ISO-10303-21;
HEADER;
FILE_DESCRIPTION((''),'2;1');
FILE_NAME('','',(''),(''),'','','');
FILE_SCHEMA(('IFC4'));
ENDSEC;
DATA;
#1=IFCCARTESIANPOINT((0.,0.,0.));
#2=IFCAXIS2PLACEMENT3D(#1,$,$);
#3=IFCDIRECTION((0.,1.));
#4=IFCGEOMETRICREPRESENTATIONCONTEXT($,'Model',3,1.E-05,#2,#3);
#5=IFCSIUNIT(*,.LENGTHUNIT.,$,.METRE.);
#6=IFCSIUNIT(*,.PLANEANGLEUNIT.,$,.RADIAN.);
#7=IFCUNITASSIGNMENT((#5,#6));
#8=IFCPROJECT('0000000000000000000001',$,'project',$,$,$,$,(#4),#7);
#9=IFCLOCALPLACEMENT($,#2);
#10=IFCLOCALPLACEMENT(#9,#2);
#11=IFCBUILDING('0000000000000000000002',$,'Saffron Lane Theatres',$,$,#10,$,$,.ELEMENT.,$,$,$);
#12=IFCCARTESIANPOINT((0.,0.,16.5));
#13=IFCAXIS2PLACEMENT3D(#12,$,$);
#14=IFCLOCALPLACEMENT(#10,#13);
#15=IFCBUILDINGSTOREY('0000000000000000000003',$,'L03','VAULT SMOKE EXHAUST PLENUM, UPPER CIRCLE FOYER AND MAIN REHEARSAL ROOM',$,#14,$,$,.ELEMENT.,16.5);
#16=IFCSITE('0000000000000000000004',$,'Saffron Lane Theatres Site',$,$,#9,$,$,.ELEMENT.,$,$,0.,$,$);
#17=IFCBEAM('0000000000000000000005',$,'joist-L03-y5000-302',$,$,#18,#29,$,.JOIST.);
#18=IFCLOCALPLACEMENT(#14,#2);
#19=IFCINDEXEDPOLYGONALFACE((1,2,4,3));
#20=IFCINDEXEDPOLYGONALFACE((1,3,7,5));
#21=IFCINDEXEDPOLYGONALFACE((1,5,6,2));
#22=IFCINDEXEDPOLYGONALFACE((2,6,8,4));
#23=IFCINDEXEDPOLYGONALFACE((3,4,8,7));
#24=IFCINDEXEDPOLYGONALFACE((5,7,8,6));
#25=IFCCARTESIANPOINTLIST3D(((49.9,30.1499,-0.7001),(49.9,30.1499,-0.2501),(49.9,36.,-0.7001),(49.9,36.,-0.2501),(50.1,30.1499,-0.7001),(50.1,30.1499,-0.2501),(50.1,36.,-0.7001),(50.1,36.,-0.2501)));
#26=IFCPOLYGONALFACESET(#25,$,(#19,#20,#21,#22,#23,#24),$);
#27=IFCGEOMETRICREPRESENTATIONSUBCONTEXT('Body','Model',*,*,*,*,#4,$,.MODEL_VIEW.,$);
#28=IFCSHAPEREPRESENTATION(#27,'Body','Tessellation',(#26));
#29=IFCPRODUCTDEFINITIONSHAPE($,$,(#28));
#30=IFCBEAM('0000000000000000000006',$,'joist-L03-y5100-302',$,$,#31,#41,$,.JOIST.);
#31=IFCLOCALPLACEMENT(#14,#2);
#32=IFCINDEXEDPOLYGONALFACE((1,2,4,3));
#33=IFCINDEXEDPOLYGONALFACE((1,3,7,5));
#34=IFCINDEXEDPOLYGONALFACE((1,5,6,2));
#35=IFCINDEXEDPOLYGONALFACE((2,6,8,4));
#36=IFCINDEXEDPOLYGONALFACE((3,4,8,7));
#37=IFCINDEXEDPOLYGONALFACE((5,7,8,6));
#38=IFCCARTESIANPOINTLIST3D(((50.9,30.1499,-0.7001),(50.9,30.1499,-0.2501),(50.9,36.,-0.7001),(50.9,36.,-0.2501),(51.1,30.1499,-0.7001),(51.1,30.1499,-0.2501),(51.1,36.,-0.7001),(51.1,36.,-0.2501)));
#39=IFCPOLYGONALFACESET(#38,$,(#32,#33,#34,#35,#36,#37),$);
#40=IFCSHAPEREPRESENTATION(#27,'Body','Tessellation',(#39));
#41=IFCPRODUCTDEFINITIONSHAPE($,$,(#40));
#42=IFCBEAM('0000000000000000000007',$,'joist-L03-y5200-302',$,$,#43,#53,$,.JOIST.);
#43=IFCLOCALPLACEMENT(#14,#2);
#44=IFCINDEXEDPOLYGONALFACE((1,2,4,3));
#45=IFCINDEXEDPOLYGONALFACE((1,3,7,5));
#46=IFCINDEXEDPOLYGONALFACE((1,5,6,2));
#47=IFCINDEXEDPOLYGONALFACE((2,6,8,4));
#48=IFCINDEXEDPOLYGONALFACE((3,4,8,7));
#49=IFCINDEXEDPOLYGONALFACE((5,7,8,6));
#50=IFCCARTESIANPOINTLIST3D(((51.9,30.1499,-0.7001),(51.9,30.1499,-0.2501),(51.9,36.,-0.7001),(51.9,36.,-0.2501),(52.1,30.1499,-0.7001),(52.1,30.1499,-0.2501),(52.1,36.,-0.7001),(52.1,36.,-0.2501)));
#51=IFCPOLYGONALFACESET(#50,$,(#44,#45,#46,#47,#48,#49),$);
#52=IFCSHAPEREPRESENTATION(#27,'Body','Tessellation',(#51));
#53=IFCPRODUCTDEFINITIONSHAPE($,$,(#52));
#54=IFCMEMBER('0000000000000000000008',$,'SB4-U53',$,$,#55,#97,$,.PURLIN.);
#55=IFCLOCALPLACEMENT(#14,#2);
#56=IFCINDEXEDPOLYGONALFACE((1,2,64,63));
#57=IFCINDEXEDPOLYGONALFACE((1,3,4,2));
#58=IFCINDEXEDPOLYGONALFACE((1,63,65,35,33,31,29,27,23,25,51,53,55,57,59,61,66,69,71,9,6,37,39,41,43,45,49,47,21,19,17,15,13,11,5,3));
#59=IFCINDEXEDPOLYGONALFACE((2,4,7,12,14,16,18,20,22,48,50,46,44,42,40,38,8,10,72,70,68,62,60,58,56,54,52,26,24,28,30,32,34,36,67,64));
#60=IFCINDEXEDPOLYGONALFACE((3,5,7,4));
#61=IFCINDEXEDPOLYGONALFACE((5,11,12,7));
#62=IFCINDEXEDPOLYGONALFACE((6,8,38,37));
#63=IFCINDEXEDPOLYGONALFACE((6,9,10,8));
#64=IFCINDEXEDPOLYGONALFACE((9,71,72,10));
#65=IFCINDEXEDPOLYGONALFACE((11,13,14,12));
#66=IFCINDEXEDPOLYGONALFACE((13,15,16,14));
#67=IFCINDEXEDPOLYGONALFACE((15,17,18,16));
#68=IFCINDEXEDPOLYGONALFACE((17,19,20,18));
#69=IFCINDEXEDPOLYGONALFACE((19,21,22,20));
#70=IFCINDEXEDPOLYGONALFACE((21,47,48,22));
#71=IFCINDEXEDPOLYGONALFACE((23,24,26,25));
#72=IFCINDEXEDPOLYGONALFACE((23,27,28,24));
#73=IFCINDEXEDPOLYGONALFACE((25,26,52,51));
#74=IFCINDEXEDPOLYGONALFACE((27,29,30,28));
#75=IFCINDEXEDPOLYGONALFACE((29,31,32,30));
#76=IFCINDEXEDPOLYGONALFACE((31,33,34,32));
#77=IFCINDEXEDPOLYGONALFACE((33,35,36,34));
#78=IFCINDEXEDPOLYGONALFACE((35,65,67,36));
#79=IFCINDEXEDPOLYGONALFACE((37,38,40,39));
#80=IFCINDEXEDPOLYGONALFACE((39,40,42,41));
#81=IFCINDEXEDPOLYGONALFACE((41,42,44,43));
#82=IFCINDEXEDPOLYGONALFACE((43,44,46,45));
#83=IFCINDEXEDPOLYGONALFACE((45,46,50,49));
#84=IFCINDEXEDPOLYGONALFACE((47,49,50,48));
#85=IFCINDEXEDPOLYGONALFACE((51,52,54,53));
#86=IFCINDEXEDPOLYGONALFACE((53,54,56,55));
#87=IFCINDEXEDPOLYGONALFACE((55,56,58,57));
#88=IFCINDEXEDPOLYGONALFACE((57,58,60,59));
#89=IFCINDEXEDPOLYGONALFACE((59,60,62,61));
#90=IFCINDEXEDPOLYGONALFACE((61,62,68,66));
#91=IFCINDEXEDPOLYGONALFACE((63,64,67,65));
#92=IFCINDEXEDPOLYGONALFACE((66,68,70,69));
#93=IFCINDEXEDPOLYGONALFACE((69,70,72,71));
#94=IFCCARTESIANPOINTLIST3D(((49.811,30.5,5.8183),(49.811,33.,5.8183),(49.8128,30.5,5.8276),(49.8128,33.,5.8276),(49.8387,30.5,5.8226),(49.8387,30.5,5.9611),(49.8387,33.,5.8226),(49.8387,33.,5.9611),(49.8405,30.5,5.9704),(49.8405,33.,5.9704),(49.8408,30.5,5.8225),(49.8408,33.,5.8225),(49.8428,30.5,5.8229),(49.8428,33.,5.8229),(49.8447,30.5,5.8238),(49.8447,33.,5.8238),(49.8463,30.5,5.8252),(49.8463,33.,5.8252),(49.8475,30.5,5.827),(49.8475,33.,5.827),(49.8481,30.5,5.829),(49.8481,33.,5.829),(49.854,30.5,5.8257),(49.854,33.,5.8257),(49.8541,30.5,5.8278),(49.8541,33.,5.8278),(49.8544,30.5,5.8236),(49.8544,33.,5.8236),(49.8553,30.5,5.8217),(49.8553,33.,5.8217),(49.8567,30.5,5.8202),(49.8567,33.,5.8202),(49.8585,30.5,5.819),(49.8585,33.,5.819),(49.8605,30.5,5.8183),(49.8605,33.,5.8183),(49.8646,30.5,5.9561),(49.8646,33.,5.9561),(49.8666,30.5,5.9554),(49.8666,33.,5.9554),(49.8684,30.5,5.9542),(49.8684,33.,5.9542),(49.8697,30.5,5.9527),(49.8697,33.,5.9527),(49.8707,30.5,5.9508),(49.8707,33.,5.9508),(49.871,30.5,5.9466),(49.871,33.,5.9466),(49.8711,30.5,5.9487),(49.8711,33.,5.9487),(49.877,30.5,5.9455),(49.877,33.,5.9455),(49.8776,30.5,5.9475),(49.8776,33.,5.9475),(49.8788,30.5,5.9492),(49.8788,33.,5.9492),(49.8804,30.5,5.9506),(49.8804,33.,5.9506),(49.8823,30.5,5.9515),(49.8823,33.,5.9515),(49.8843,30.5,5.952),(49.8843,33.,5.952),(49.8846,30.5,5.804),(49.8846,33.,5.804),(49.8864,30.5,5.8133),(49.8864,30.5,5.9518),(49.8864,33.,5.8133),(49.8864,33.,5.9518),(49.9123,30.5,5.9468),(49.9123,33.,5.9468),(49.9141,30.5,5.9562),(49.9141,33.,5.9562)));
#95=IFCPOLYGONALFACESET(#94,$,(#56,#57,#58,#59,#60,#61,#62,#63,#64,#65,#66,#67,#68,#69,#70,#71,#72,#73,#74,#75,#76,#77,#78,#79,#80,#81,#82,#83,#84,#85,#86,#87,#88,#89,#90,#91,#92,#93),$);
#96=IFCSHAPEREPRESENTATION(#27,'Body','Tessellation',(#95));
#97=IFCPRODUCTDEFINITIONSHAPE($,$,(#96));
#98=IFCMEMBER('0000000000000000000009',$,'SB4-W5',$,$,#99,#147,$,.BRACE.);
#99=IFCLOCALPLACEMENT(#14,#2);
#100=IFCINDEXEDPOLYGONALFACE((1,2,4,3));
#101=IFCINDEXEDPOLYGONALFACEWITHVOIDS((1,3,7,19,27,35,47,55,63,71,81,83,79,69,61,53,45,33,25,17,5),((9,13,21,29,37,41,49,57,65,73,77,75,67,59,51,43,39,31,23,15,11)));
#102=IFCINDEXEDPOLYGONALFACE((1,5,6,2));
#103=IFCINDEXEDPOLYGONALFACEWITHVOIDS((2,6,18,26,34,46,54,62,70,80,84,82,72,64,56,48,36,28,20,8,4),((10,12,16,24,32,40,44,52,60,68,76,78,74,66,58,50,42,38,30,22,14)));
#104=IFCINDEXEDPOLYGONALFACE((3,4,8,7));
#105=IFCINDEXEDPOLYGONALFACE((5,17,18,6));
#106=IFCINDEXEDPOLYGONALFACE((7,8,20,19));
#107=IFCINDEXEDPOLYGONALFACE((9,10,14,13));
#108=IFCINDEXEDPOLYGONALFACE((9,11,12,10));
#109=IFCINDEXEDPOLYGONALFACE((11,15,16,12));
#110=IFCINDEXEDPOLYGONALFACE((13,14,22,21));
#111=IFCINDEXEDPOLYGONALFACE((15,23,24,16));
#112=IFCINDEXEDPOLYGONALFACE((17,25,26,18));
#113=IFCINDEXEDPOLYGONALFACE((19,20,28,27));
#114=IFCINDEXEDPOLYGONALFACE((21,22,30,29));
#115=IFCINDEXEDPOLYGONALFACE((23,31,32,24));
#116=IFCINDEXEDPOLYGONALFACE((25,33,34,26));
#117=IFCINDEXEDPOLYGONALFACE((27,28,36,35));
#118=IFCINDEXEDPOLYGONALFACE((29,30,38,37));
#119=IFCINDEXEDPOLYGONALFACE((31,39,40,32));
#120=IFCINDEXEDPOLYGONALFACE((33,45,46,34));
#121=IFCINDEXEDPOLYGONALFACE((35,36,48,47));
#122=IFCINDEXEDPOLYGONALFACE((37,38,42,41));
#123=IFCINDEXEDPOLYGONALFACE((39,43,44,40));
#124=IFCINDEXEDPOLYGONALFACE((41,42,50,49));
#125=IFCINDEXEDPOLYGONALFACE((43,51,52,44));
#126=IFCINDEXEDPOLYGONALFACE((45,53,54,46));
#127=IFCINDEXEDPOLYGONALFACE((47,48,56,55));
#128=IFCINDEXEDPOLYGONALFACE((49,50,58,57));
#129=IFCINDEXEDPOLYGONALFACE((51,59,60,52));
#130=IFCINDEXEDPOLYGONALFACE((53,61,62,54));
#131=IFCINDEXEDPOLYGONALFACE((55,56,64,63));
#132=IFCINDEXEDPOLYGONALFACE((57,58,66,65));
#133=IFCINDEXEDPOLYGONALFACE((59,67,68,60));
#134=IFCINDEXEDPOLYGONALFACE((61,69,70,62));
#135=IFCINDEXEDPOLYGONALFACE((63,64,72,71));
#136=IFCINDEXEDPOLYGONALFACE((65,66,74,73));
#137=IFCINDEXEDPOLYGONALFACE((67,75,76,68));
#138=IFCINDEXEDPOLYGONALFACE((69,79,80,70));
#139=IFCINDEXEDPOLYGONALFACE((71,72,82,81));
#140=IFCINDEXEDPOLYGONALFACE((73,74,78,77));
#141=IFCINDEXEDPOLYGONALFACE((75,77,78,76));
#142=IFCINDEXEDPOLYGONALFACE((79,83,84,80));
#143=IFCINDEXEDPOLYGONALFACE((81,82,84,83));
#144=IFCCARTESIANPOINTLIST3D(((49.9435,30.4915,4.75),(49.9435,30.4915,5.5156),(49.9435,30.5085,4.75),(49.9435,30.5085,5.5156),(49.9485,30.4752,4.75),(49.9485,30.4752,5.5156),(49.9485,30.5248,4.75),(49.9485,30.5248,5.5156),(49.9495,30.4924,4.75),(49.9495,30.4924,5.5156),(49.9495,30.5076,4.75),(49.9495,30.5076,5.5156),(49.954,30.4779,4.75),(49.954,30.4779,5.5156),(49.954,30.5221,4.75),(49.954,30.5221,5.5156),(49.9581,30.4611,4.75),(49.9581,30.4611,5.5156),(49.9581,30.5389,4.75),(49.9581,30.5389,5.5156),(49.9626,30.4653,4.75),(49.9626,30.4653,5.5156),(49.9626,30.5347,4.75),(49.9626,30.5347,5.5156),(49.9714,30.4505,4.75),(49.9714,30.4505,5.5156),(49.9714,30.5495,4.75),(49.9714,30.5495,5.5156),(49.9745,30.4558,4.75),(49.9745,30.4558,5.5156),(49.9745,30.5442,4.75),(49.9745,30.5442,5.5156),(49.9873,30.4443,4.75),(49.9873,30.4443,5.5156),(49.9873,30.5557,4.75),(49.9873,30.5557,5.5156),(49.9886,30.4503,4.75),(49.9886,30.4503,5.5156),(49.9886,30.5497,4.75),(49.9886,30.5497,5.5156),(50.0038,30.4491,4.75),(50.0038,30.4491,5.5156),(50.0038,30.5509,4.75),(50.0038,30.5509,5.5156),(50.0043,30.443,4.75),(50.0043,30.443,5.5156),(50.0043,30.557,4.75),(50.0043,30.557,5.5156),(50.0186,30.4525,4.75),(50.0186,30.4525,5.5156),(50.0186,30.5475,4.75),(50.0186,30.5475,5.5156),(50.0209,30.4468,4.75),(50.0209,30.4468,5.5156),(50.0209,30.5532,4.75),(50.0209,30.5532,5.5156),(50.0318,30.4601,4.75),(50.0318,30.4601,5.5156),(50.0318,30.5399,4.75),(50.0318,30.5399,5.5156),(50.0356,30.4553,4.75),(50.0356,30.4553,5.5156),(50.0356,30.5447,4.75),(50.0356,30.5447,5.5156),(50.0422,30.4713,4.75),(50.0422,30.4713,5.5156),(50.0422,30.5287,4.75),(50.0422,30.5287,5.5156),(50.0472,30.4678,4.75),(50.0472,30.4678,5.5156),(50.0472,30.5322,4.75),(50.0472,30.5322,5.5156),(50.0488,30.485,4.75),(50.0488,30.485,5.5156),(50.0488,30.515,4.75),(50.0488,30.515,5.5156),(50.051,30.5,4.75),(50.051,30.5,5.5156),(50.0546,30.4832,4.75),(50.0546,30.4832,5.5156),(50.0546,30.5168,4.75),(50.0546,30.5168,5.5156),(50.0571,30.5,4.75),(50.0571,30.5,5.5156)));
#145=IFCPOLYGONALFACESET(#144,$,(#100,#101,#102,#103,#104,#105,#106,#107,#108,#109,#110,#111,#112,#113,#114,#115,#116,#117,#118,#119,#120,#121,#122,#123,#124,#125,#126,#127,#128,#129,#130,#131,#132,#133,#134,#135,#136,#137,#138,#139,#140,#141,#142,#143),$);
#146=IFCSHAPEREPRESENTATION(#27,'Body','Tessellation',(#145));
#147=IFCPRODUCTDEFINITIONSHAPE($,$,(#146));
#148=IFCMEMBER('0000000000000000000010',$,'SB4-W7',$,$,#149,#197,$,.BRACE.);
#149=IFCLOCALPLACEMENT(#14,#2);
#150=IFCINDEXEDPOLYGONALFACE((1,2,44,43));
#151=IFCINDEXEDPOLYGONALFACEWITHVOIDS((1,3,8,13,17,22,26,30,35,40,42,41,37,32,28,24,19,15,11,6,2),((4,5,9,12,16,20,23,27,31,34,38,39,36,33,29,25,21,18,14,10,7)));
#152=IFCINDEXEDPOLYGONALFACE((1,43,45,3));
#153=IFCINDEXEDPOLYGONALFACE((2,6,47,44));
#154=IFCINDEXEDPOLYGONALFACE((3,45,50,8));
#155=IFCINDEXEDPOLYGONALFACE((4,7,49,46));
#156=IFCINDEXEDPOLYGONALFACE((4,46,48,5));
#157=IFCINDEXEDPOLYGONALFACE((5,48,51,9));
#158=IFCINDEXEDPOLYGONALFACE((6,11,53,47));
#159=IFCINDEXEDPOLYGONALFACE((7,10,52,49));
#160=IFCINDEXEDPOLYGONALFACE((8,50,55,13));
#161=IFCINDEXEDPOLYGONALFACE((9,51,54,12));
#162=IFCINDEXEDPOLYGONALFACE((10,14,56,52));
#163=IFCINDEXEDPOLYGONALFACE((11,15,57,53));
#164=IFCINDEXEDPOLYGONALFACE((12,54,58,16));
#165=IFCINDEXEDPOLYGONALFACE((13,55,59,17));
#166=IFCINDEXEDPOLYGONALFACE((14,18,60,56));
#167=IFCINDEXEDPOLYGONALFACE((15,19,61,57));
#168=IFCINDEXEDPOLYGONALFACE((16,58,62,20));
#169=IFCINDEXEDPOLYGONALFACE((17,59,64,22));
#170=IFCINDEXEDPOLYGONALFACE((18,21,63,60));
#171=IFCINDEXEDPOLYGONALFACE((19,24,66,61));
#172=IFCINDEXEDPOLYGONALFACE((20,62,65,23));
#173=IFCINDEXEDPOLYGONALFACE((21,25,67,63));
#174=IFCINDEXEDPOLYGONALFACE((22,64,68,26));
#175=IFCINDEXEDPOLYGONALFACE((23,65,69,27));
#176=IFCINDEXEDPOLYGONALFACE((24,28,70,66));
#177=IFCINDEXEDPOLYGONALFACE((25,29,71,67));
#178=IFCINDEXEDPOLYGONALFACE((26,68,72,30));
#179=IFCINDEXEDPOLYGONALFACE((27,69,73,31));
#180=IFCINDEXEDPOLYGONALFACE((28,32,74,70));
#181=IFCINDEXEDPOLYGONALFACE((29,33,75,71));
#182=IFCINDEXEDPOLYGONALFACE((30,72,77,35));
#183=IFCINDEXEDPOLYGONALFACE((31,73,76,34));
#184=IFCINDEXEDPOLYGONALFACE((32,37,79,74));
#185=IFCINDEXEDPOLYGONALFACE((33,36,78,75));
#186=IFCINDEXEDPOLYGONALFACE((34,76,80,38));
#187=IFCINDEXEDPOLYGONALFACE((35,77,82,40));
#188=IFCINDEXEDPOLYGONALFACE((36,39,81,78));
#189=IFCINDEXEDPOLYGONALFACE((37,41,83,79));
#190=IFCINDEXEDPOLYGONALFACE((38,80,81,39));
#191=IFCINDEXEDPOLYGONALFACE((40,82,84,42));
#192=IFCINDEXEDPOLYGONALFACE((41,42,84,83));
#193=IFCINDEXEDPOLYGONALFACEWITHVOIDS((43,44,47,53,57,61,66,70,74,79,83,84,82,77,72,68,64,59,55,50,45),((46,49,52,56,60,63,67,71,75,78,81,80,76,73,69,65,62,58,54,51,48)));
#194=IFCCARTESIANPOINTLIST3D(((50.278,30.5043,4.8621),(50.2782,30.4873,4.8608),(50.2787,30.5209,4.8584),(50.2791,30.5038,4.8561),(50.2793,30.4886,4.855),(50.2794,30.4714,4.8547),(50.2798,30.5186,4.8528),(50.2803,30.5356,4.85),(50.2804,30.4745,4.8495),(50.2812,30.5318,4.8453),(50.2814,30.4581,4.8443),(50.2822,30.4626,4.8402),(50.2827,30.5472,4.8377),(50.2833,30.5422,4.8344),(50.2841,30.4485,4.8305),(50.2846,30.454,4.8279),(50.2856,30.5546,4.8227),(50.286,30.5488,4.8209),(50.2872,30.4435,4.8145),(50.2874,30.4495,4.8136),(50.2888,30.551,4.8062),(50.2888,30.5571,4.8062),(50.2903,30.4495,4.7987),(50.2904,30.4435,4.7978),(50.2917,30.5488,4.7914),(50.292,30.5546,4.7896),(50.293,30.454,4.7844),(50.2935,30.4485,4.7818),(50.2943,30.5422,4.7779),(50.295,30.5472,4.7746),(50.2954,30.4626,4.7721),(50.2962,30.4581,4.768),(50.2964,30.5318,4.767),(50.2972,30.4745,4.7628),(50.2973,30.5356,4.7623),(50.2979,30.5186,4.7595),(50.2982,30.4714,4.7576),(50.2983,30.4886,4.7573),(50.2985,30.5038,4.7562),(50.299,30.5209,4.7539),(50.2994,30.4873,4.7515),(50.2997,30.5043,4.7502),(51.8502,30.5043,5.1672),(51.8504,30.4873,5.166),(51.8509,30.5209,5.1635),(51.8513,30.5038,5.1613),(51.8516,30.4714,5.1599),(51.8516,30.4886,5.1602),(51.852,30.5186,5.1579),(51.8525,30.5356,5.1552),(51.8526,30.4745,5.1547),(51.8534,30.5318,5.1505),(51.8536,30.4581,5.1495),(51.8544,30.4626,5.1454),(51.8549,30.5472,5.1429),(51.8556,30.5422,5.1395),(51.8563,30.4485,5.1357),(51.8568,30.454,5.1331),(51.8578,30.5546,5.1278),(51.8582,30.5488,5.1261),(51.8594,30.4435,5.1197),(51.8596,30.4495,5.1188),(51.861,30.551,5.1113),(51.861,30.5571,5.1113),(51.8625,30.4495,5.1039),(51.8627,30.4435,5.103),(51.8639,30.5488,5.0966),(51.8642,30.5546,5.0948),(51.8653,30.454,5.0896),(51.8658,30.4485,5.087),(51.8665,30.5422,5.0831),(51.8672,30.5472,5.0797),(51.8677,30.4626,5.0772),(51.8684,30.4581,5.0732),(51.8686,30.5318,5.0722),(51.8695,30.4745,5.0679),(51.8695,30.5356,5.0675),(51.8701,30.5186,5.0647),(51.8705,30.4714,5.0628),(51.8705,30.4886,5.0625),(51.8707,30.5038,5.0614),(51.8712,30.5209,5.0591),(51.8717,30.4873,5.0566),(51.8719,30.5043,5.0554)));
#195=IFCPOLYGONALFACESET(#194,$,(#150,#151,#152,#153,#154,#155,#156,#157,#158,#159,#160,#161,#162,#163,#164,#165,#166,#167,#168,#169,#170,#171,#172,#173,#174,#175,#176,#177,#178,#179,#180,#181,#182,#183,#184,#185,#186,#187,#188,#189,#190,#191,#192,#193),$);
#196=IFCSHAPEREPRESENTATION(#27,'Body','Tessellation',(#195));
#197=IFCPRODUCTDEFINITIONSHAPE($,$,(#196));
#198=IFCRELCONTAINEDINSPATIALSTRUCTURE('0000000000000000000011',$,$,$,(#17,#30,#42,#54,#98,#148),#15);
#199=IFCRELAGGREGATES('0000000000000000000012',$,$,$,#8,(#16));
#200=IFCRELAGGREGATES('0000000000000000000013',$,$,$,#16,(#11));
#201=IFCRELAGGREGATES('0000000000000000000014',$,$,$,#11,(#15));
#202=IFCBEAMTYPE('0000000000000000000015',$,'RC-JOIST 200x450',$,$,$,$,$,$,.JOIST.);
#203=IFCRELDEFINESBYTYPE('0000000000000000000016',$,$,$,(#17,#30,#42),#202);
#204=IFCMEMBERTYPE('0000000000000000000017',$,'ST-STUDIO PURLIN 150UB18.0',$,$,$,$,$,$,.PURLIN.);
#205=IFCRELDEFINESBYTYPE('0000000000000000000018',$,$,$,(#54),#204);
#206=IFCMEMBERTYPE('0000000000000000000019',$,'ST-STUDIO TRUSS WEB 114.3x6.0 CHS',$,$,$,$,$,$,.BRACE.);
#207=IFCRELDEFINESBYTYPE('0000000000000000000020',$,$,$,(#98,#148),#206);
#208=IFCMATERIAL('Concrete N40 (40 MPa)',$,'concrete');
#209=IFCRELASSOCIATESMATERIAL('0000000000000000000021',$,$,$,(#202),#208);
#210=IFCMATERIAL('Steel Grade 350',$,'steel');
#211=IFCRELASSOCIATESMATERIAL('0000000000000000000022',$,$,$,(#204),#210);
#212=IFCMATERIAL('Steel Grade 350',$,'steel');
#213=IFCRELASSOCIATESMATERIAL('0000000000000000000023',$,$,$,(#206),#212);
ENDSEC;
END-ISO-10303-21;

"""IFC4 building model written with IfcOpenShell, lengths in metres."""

from ifc_helpers import new_model, si_unit, direction, frame, origin, origin_2d, place, context, subcontext, project, spatial, rectangle, hollow_circle, i_section, extrude, material, material_profile, profile_set, type_object, element, save


model = new_model("IFC4")

# Units and contexts
model_context = context("Model", 3, precision=1e-05, world=origin(), true_north=direction((0.0, 1.0)))
body_context = subcontext(model_context, "Body", "Model", "MODEL_VIEW")
ifc_project = project(units=[si_unit("LENGTHUNIT", "METRE"), si_unit("PLANEANGLEUNIT", "RADIAN")], contexts=[model_context])

# Site, building, storey
site_placement = place(None, origin())
site = spatial("IfcSite", under=ifc_project, at=site_placement, Name="Saffron Lane Theatres Site", CompositionType="ELEMENT", RefElevation=0.0)
building_placement = place(site_placement, origin())
building = spatial("IfcBuilding", under=site, at=building_placement, Name="Saffron Lane Theatres", CompositionType="ELEMENT")
storey_placement = place(building_placement, frame((0.0, 0.0, 16.5)))
storey = spatial("IfcBuildingStorey", under=building, at=storey_placement, Name="L03", Description="VAULT SMOKE EXHAUST PLENUM, UPPER CIRCLE FOYER AND MAIN REHEARSAL ROOM", CompositionType="ELEMENT", Elevation=16.5)

# Beams
ifc_material_1 = material(Name="Concrete N40 (40 MPa)", Category="concrete")
ifc_material_profile_1 = material_profile(ifc_material_1, rectangle(XDim=0.2, YDim=0.45, at=origin_2d()))
ifc_profile_set_1 = profile_set([ifc_material_profile_1], Name="Concrete N40 (40 MPa)")
beam_type = type_object("IfcBeamType", Name="RC-JOIST 200x450", PredefinedType="JOIST", material=ifc_profile_set_1)
for number, where, z_axis, x_axis, name in (
    (1, (50.0, 30.1499, -0.4751), (0.0, 1.0, 0.0), (-1.0, 0.0, 0.0), "joist-L03-y5000-302"),
    (2, (51.0, 30.1499, -0.4751), (0.0, 1.0, 0.0), (-1.0, 0.0, 0.0), "joist-L03-y5100-302"),
    (3, (52.0, 30.1499, -0.4751), (0.0, 1.0, 0.0), (-1.0, 0.0, 0.0), "joist-L03-y5200-302"),
):
    element("IfcBeam", number, at=place(storey_placement, frame(where, z_axis=z_axis, x_axis=x_axis)), inside=storey, type_object=beam_type, Name=name, PredefinedType="JOIST", context=body_context, shape_type="SweptSolid", body=[
        extrude(rectangle(XDim=0.2, YDim=0.45, at=origin_2d()), origin(), (0.0, 0.0, 1.0), 5.8501),
    ])

# Members
ifc_material_2 = material(Name="Steel Grade 350", Category="steel")
ifc_material_profile_2 = material_profile(ifc_material_2, i_section(OverallWidth=0.075, OverallDepth=0.155, WebThickness=0.0061, FlangeThickness=0.0095, FilletRadius=0.0081, at=origin_2d()))
ifc_profile_set_2 = profile_set([ifc_material_profile_2], Name="Steel Grade 350")
member_type_1 = type_object("IfcMemberType", Name="ST-STUDIO PURLIN 150UB18.0", PredefinedType="PURLIN", material=ifc_profile_set_2)
member_1_placement = place(storey_placement, frame((49.8625, 30.5, 5.8872), z_axis=(0.0, 1.0, 0.0), x_axis=(-0.981661, 0.0, 0.190637)))
element("IfcMember", 4, at=member_1_placement, inside=storey, type_object=member_type_1, Name="SB4-U53", PredefinedType="PURLIN", context=body_context, shape_type="SweptSolid", body=[
    extrude(i_section(OverallWidth=0.075, OverallDepth=0.155, WebThickness=0.0061, FlangeThickness=0.0095, FilletRadius=0.0081, at=origin_2d()), origin(), (0.0, 0.0, 1.0), 2.5),
])
ifc_material_3 = material(Name="Steel Grade 350", Category="steel")
ifc_material_profile_3 = material_profile(ifc_material_3, hollow_circle(Radius=0.0571, WallThickness=0.0061, at=origin_2d()))
ifc_profile_set_3 = profile_set([ifc_material_profile_3], Name="Steel Grade 350")
member_type_2 = type_object("IfcMemberType", Name="ST-STUDIO TRUSS WEB 114.3x6.0 CHS", PredefinedType="BRACE", material=ifc_profile_set_3)
member_2_placement = place(storey_placement, frame((50.0, 30.5, 4.75), z_axis=(0.0, 0.0, 1.0), x_axis=(1.0, 0.0, 0.0)))
element("IfcMember", 5, at=member_2_placement, inside=storey, type_object=member_type_2, Name="SB4-W5", PredefinedType="BRACE", context=body_context, shape_type="SweptSolid", body=[
    extrude(hollow_circle(Radius=0.0571, WallThickness=0.0061, at=origin_2d()), origin(), (0.0, 0.0, 1.0), 0.7656),
])
member_3_placement = place(storey_placement, frame((50.2888, 30.5, 4.8062), z_axis=(0.981679, 0.0, 0.190543), x_axis=(0.0, 1.0, 0.0)))
element("IfcMember", 6, at=member_3_placement, inside=storey, type_object=member_type_2, Name="SB4-W7", PredefinedType="BRACE", context=body_context, shape_type="SweptSolid", body=[
    extrude(hollow_circle(Radius=0.0571, WallThickness=0.0061, at=origin_2d()), origin(), (0.0, 0.0, 1.0), 1.6016),
])

save(model, "model.ifc")
